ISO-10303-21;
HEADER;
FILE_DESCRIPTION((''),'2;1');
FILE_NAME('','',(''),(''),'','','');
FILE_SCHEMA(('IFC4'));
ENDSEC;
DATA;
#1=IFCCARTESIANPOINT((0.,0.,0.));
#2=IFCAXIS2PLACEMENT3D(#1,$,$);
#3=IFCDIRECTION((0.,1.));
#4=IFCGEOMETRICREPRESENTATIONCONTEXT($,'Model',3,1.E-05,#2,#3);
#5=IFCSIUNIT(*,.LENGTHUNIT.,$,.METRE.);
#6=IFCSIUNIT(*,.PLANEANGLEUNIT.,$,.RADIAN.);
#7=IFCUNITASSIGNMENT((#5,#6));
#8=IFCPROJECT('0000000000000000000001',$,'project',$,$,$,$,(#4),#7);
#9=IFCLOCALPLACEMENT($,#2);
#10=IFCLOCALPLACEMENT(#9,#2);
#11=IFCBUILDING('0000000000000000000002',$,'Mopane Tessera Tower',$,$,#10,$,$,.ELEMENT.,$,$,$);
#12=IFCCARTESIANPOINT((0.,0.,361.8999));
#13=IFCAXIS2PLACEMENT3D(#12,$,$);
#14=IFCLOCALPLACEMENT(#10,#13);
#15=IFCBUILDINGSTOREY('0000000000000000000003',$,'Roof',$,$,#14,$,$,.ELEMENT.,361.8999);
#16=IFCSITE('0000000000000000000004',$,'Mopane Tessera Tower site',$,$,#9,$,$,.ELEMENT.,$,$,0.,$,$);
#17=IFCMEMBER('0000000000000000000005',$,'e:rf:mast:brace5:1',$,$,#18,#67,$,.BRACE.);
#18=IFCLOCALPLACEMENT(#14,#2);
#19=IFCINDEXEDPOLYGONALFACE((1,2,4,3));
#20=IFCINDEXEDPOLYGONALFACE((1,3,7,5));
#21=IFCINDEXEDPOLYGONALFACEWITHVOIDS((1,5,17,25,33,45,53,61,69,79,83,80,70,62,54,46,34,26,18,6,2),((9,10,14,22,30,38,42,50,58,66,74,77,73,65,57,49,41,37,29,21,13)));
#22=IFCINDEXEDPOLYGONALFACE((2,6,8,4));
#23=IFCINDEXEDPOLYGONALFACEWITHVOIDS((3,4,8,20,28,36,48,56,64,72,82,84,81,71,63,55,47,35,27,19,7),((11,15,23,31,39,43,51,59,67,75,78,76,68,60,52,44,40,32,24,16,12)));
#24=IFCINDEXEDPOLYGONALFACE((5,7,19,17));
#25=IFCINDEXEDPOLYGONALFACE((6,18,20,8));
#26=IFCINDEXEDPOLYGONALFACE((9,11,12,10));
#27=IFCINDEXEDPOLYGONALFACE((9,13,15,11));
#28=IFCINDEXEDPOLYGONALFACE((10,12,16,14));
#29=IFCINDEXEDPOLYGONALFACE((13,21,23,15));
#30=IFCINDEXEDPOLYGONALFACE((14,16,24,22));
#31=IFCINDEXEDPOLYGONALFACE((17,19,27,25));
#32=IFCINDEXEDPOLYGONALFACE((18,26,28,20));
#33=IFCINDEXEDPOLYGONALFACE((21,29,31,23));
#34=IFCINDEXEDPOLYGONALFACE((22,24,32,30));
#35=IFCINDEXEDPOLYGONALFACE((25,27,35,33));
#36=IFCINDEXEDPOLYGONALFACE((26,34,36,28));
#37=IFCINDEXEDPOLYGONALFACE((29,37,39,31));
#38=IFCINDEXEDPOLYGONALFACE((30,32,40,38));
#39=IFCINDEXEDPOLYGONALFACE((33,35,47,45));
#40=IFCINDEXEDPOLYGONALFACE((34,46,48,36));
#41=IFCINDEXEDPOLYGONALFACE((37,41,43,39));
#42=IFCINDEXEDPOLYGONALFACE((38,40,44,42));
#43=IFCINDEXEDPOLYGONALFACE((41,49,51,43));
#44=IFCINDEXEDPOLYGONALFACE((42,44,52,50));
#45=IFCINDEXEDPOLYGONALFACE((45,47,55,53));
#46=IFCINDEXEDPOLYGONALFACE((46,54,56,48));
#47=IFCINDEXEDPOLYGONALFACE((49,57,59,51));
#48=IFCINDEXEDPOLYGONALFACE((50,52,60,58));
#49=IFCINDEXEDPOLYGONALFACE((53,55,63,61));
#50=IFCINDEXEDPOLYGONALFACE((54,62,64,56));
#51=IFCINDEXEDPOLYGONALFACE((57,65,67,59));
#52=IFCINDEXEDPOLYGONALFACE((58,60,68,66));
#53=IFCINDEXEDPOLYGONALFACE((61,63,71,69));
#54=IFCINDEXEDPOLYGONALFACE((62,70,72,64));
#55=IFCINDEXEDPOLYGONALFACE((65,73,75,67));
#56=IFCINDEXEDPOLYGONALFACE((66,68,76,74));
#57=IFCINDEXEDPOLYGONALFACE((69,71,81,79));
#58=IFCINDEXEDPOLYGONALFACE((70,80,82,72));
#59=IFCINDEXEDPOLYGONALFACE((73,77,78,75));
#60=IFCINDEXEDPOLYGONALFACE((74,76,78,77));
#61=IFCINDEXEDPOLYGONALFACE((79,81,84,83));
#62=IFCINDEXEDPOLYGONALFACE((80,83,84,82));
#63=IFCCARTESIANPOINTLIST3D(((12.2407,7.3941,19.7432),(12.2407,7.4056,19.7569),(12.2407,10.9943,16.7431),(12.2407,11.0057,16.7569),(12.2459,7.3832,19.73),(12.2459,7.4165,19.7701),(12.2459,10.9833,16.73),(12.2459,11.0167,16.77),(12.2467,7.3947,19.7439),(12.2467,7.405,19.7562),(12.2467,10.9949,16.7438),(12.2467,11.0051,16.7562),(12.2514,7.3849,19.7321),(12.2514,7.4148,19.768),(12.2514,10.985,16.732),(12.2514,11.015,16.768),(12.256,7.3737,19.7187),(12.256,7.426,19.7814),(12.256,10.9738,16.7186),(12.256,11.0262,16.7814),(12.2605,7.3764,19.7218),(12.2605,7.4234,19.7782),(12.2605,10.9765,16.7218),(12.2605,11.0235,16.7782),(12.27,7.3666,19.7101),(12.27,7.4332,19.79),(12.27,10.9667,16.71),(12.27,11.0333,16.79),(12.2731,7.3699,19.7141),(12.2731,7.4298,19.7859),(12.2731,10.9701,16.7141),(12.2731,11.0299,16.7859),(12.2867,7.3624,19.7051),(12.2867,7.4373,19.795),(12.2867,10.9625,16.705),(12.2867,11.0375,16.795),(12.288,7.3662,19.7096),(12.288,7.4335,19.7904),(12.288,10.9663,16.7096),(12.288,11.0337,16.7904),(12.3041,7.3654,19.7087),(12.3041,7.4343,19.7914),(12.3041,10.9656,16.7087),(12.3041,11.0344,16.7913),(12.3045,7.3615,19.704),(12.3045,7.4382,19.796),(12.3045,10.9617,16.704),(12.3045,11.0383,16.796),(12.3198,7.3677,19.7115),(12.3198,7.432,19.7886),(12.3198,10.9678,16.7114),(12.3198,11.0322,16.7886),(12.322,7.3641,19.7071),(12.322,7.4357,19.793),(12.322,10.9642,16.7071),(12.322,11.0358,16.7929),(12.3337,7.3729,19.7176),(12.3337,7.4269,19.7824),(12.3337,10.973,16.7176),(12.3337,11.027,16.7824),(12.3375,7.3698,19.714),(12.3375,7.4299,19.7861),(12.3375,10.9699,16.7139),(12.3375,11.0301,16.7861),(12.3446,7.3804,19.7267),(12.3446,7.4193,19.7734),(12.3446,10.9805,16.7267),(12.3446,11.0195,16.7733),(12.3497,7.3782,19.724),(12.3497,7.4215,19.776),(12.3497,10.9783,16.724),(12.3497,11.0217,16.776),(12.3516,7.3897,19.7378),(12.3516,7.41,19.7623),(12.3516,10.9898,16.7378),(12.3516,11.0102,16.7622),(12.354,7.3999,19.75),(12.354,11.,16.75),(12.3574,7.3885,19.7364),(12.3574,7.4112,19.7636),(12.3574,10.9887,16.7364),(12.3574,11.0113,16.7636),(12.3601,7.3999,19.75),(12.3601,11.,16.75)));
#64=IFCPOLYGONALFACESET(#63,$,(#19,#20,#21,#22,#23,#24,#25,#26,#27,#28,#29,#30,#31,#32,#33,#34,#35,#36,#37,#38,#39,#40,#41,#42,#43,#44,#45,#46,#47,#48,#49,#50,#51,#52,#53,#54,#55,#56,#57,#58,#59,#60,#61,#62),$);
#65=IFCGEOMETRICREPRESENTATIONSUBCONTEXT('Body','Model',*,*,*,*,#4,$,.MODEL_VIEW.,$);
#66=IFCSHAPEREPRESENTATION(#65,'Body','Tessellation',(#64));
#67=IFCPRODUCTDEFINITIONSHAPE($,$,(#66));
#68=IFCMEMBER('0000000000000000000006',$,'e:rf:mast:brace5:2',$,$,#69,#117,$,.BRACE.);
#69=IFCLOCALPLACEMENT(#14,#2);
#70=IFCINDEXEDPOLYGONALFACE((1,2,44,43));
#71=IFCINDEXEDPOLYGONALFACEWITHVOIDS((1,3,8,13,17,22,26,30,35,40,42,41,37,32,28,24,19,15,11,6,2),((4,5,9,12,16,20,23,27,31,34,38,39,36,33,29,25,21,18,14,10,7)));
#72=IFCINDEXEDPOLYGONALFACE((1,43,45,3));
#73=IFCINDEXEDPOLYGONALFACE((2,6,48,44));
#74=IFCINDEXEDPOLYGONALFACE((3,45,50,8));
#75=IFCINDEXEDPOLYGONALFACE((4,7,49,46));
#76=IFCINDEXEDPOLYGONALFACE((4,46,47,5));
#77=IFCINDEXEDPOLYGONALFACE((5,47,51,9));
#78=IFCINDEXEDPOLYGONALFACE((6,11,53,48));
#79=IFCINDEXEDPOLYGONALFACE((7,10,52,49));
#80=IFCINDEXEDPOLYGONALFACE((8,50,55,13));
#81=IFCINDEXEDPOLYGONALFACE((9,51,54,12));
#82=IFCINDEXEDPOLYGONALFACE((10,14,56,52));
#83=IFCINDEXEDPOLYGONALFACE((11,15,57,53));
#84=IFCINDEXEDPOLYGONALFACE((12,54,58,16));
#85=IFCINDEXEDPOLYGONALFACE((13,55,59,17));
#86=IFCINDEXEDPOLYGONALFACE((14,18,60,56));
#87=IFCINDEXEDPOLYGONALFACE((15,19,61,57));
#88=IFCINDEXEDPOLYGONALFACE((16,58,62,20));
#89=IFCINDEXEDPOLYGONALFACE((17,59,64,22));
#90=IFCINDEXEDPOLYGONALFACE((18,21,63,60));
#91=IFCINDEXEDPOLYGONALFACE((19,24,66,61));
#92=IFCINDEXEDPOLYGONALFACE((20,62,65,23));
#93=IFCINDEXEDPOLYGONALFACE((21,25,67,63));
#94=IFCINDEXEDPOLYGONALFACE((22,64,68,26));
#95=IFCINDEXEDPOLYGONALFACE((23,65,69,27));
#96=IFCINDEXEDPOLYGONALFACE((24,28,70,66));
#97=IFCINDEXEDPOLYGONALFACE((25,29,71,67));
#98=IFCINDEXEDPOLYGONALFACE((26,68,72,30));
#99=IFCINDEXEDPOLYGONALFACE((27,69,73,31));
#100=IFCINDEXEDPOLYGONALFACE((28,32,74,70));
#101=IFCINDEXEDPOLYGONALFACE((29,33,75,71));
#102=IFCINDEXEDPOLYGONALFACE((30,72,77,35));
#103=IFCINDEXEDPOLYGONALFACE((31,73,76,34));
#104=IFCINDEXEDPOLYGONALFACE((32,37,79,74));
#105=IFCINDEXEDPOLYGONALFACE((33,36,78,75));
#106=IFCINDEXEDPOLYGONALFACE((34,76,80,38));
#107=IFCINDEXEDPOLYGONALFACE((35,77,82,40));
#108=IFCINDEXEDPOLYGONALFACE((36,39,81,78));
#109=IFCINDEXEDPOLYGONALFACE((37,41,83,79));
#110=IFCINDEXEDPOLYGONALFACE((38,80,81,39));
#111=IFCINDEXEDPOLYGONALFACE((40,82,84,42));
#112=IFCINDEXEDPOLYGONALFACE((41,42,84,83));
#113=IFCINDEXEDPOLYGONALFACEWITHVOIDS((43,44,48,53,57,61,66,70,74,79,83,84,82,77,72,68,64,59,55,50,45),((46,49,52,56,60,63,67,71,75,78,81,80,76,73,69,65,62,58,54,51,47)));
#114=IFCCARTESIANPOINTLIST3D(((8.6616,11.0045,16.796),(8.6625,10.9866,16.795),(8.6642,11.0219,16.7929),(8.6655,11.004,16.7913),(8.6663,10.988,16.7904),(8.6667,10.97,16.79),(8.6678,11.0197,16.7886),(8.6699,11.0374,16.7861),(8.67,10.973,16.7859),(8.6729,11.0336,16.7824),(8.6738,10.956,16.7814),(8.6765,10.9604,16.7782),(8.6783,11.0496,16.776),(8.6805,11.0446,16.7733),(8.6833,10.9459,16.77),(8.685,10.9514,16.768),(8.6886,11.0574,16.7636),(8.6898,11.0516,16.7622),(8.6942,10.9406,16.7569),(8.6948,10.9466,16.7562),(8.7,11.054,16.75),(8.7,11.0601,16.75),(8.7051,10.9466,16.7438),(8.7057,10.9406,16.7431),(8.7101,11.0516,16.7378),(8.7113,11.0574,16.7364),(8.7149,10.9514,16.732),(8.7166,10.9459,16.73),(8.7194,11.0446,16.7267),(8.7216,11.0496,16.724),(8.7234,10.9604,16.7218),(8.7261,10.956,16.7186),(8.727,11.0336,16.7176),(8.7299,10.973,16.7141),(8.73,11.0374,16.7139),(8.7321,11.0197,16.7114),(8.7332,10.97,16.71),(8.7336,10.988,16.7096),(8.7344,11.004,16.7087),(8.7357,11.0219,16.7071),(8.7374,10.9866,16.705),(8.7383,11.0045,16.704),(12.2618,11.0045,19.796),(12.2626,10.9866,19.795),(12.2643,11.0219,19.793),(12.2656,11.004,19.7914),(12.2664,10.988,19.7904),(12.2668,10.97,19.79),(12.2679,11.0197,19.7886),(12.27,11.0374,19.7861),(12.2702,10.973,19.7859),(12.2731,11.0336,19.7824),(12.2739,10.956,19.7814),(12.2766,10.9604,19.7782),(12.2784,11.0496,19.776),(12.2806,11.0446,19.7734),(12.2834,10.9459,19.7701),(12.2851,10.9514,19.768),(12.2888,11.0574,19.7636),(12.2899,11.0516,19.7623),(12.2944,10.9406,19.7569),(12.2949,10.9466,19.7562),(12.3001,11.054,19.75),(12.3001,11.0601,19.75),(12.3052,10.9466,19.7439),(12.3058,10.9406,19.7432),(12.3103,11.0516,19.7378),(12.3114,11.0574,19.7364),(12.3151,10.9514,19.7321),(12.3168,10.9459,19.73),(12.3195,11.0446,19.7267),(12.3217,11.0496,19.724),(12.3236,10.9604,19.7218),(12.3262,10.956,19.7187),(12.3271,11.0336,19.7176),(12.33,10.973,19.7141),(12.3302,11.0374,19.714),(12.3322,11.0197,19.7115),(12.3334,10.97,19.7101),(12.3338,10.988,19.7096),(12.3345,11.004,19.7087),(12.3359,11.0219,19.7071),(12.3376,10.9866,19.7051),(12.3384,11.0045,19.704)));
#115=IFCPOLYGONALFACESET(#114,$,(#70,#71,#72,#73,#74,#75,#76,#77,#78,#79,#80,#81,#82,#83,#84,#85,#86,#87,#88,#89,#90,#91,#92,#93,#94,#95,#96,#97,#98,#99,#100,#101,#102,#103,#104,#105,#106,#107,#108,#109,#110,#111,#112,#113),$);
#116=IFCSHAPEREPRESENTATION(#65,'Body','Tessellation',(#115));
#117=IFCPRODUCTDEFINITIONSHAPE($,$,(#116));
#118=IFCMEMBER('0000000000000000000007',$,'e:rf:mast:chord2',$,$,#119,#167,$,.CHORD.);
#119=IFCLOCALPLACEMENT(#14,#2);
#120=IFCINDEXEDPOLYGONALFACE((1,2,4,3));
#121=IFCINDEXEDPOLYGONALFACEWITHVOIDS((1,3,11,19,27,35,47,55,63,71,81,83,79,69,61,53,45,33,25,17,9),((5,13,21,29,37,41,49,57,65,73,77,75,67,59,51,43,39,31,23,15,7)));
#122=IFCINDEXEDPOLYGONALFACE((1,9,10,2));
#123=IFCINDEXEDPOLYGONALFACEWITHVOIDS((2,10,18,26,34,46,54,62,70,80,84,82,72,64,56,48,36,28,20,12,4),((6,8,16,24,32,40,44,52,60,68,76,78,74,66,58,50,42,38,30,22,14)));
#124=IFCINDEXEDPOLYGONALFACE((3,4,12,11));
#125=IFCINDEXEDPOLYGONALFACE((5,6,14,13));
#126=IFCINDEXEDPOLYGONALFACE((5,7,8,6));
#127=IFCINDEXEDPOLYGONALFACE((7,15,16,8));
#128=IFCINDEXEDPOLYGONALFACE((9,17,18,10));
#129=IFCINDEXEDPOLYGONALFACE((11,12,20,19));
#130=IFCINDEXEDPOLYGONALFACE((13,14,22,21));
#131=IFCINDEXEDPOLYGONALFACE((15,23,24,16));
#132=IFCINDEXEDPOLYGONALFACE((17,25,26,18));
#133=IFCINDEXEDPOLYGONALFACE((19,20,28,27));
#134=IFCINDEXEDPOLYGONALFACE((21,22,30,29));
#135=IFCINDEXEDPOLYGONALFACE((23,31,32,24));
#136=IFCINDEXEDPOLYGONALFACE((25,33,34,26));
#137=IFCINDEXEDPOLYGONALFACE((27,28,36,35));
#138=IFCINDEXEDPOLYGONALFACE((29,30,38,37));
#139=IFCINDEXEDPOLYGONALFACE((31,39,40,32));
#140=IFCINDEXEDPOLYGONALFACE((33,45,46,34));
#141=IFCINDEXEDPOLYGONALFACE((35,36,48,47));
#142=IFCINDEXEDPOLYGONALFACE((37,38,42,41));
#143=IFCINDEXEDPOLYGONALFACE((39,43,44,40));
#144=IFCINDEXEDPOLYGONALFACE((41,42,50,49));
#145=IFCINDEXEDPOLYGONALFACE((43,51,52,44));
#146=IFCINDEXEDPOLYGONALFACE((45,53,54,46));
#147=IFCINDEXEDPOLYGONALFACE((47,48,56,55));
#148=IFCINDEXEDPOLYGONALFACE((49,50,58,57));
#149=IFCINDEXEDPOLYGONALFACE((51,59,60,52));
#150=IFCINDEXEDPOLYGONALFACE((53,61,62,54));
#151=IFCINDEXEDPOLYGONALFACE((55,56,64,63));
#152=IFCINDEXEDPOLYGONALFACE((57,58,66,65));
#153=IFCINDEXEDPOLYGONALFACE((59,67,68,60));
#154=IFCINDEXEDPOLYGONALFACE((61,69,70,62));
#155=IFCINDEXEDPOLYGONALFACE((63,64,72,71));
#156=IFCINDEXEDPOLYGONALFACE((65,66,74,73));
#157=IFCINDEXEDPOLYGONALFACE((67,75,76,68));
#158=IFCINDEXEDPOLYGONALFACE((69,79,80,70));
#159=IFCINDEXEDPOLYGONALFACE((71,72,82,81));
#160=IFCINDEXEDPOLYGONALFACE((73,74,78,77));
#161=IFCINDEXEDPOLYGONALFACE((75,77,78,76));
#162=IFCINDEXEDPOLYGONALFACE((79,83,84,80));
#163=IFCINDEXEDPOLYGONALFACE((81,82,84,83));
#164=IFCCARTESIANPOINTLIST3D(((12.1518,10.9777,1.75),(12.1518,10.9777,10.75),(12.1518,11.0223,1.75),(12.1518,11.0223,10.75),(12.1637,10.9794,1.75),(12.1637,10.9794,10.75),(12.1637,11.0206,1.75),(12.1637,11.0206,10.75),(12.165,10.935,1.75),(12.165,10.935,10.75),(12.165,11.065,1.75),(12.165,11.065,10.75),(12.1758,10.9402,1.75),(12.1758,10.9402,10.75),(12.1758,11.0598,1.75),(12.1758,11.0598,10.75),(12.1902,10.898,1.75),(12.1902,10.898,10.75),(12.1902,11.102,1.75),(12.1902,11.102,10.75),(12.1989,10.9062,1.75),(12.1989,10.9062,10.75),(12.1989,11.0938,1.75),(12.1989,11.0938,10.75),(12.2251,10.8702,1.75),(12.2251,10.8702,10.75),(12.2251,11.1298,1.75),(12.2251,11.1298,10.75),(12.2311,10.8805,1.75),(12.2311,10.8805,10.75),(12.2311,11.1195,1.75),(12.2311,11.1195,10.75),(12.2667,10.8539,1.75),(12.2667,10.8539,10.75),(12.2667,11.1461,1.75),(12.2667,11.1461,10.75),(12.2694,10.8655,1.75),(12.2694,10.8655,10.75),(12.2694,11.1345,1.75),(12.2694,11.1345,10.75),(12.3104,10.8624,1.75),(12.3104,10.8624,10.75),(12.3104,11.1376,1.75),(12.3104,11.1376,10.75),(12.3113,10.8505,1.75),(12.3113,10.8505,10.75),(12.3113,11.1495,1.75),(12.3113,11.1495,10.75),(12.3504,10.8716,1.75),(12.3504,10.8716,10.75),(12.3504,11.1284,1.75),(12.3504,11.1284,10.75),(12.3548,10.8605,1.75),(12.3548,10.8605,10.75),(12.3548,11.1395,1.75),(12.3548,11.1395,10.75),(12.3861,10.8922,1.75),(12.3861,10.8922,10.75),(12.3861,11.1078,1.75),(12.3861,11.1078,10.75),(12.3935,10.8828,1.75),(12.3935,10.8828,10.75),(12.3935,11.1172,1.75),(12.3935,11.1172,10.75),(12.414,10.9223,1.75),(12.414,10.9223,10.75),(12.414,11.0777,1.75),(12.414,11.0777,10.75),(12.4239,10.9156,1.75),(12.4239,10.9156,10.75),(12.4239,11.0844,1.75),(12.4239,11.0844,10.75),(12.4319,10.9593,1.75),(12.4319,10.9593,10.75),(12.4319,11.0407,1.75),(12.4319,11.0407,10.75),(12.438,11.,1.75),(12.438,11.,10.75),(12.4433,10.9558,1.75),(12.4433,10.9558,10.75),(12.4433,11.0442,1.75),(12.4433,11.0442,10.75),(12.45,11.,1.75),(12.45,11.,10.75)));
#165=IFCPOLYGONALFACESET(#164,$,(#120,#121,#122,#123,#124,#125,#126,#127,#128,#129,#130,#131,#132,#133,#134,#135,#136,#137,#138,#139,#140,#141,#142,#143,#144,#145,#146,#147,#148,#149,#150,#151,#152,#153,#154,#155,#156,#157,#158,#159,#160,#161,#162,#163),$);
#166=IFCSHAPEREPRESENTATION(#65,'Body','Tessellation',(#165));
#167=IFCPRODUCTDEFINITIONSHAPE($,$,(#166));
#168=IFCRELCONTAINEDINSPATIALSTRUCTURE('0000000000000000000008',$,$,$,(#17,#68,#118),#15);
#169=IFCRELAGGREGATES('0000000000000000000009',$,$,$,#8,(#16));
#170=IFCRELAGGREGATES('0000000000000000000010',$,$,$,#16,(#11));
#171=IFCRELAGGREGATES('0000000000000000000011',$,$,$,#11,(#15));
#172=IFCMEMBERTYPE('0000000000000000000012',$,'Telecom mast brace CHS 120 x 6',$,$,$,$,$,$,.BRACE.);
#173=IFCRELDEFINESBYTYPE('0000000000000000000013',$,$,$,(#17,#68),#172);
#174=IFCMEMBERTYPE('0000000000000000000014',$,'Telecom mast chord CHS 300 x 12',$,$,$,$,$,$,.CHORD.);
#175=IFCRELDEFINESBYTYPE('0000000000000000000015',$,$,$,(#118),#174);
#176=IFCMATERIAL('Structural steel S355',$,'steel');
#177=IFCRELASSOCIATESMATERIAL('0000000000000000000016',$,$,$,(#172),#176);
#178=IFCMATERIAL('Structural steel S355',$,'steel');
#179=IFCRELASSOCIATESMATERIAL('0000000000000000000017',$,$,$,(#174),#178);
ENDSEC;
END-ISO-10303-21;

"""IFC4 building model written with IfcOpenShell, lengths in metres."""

from ifc_helpers import new_model, si_unit, direction, frame, origin, origin_2d, place, context, subcontext, project, spatial, hollow_circle, extrude, material, material_profile, profile_set, type_object, element, save


model = new_model("IFC4")

# Units and contexts
model_context = context("Model", 3, precision=1e-05, world=origin(), true_north=direction((0.0, 1.0)))
body_context = subcontext(model_context, "Body", "Model", "MODEL_VIEW")
ifc_project = project(units=[si_unit("LENGTHUNIT", "METRE"), si_unit("PLANEANGLEUNIT", "RADIAN")], contexts=[model_context])

# Site, building, storey
site_placement = place(None, origin())
site = spatial("IfcSite", under=ifc_project, at=site_placement, Name="Mopane Tessera Tower site", CompositionType="ELEMENT", RefElevation=0.0)
building_placement = place(site_placement, origin())
building = spatial("IfcBuilding", under=site, at=building_placement, Name="Mopane Tessera Tower", CompositionType="ELEMENT")
storey_placement = place(building_placement, frame((0.0, 0.0, 361.8999)))
storey = spatial("IfcBuildingStorey", under=building, at=storey_placement, Name="Roof", CompositionType="ELEMENT", Elevation=361.8999)

# Members
ifc_material_1 = material(Name="Structural steel S355", Category="steel")
ifc_material_profile_1 = material_profile(ifc_material_1, hollow_circle(Radius=0.0601, WallThickness=0.0061, at=origin_2d()))
ifc_profile_set_1 = profile_set([ifc_material_profile_1], Name="Structural steel S355")
member_type_1 = type_object("IfcMemberType", Name="Telecom mast brace CHS 120 x 6", PredefinedType="BRACE", material=ifc_profile_set_1)
for number, where, z_axis, x_axis, name in (
    (1, (12.3, 11.0, 16.75), (0.0, -0.76823, 0.640174), (1.0, 0.0, 0.0), "e:rf:mast:brace5:1"),
    (2, (8.7, 11.0, 16.75), (0.76823, 0.0, 0.640174), (0.0, 1.0, 0.0), "e:rf:mast:brace5:2"),
):
    element("IfcMember", number, at=place(storey_placement, frame(where, z_axis=z_axis, x_axis=x_axis)), inside=storey, type_object=member_type_1, Name=name, PredefinedType="BRACE", context=body_context, shape_type="SweptSolid", body=[
        extrude(hollow_circle(Radius=0.0601, WallThickness=0.0061, at=origin_2d()), origin(), (0.0, 0.0, 1.0), 4.6863),
    ])
ifc_material_2 = material(Name="Structural steel S355", Category="steel")
ifc_material_profile_2 = material_profile(ifc_material_2, hollow_circle(Radius=0.1499, WallThickness=0.012, at=origin_2d()))
ifc_profile_set_2 = profile_set([ifc_material_profile_2], Name="Structural steel S355")
member_type_2 = type_object("IfcMemberType", Name="Telecom mast chord CHS 300 x 12", PredefinedType="CHORD", material=ifc_profile_set_2)
member_1_placement = place(storey_placement, frame((12.3, 11.0, 1.75), z_axis=(0.0, 0.0, 1.0), x_axis=(1.0, 0.0, 0.0)))
element("IfcMember", 3, at=member_1_placement, inside=storey, type_object=member_type_2, Name="e:rf:mast:chord2", PredefinedType="CHORD", context=body_context, shape_type="SweptSolid", body=[
    extrude(hollow_circle(Radius=0.1499, WallThickness=0.012, at=origin_2d()), origin(), (0.0, 0.0, 1.0), 9.0),
])

save(model, "model.ifc")
